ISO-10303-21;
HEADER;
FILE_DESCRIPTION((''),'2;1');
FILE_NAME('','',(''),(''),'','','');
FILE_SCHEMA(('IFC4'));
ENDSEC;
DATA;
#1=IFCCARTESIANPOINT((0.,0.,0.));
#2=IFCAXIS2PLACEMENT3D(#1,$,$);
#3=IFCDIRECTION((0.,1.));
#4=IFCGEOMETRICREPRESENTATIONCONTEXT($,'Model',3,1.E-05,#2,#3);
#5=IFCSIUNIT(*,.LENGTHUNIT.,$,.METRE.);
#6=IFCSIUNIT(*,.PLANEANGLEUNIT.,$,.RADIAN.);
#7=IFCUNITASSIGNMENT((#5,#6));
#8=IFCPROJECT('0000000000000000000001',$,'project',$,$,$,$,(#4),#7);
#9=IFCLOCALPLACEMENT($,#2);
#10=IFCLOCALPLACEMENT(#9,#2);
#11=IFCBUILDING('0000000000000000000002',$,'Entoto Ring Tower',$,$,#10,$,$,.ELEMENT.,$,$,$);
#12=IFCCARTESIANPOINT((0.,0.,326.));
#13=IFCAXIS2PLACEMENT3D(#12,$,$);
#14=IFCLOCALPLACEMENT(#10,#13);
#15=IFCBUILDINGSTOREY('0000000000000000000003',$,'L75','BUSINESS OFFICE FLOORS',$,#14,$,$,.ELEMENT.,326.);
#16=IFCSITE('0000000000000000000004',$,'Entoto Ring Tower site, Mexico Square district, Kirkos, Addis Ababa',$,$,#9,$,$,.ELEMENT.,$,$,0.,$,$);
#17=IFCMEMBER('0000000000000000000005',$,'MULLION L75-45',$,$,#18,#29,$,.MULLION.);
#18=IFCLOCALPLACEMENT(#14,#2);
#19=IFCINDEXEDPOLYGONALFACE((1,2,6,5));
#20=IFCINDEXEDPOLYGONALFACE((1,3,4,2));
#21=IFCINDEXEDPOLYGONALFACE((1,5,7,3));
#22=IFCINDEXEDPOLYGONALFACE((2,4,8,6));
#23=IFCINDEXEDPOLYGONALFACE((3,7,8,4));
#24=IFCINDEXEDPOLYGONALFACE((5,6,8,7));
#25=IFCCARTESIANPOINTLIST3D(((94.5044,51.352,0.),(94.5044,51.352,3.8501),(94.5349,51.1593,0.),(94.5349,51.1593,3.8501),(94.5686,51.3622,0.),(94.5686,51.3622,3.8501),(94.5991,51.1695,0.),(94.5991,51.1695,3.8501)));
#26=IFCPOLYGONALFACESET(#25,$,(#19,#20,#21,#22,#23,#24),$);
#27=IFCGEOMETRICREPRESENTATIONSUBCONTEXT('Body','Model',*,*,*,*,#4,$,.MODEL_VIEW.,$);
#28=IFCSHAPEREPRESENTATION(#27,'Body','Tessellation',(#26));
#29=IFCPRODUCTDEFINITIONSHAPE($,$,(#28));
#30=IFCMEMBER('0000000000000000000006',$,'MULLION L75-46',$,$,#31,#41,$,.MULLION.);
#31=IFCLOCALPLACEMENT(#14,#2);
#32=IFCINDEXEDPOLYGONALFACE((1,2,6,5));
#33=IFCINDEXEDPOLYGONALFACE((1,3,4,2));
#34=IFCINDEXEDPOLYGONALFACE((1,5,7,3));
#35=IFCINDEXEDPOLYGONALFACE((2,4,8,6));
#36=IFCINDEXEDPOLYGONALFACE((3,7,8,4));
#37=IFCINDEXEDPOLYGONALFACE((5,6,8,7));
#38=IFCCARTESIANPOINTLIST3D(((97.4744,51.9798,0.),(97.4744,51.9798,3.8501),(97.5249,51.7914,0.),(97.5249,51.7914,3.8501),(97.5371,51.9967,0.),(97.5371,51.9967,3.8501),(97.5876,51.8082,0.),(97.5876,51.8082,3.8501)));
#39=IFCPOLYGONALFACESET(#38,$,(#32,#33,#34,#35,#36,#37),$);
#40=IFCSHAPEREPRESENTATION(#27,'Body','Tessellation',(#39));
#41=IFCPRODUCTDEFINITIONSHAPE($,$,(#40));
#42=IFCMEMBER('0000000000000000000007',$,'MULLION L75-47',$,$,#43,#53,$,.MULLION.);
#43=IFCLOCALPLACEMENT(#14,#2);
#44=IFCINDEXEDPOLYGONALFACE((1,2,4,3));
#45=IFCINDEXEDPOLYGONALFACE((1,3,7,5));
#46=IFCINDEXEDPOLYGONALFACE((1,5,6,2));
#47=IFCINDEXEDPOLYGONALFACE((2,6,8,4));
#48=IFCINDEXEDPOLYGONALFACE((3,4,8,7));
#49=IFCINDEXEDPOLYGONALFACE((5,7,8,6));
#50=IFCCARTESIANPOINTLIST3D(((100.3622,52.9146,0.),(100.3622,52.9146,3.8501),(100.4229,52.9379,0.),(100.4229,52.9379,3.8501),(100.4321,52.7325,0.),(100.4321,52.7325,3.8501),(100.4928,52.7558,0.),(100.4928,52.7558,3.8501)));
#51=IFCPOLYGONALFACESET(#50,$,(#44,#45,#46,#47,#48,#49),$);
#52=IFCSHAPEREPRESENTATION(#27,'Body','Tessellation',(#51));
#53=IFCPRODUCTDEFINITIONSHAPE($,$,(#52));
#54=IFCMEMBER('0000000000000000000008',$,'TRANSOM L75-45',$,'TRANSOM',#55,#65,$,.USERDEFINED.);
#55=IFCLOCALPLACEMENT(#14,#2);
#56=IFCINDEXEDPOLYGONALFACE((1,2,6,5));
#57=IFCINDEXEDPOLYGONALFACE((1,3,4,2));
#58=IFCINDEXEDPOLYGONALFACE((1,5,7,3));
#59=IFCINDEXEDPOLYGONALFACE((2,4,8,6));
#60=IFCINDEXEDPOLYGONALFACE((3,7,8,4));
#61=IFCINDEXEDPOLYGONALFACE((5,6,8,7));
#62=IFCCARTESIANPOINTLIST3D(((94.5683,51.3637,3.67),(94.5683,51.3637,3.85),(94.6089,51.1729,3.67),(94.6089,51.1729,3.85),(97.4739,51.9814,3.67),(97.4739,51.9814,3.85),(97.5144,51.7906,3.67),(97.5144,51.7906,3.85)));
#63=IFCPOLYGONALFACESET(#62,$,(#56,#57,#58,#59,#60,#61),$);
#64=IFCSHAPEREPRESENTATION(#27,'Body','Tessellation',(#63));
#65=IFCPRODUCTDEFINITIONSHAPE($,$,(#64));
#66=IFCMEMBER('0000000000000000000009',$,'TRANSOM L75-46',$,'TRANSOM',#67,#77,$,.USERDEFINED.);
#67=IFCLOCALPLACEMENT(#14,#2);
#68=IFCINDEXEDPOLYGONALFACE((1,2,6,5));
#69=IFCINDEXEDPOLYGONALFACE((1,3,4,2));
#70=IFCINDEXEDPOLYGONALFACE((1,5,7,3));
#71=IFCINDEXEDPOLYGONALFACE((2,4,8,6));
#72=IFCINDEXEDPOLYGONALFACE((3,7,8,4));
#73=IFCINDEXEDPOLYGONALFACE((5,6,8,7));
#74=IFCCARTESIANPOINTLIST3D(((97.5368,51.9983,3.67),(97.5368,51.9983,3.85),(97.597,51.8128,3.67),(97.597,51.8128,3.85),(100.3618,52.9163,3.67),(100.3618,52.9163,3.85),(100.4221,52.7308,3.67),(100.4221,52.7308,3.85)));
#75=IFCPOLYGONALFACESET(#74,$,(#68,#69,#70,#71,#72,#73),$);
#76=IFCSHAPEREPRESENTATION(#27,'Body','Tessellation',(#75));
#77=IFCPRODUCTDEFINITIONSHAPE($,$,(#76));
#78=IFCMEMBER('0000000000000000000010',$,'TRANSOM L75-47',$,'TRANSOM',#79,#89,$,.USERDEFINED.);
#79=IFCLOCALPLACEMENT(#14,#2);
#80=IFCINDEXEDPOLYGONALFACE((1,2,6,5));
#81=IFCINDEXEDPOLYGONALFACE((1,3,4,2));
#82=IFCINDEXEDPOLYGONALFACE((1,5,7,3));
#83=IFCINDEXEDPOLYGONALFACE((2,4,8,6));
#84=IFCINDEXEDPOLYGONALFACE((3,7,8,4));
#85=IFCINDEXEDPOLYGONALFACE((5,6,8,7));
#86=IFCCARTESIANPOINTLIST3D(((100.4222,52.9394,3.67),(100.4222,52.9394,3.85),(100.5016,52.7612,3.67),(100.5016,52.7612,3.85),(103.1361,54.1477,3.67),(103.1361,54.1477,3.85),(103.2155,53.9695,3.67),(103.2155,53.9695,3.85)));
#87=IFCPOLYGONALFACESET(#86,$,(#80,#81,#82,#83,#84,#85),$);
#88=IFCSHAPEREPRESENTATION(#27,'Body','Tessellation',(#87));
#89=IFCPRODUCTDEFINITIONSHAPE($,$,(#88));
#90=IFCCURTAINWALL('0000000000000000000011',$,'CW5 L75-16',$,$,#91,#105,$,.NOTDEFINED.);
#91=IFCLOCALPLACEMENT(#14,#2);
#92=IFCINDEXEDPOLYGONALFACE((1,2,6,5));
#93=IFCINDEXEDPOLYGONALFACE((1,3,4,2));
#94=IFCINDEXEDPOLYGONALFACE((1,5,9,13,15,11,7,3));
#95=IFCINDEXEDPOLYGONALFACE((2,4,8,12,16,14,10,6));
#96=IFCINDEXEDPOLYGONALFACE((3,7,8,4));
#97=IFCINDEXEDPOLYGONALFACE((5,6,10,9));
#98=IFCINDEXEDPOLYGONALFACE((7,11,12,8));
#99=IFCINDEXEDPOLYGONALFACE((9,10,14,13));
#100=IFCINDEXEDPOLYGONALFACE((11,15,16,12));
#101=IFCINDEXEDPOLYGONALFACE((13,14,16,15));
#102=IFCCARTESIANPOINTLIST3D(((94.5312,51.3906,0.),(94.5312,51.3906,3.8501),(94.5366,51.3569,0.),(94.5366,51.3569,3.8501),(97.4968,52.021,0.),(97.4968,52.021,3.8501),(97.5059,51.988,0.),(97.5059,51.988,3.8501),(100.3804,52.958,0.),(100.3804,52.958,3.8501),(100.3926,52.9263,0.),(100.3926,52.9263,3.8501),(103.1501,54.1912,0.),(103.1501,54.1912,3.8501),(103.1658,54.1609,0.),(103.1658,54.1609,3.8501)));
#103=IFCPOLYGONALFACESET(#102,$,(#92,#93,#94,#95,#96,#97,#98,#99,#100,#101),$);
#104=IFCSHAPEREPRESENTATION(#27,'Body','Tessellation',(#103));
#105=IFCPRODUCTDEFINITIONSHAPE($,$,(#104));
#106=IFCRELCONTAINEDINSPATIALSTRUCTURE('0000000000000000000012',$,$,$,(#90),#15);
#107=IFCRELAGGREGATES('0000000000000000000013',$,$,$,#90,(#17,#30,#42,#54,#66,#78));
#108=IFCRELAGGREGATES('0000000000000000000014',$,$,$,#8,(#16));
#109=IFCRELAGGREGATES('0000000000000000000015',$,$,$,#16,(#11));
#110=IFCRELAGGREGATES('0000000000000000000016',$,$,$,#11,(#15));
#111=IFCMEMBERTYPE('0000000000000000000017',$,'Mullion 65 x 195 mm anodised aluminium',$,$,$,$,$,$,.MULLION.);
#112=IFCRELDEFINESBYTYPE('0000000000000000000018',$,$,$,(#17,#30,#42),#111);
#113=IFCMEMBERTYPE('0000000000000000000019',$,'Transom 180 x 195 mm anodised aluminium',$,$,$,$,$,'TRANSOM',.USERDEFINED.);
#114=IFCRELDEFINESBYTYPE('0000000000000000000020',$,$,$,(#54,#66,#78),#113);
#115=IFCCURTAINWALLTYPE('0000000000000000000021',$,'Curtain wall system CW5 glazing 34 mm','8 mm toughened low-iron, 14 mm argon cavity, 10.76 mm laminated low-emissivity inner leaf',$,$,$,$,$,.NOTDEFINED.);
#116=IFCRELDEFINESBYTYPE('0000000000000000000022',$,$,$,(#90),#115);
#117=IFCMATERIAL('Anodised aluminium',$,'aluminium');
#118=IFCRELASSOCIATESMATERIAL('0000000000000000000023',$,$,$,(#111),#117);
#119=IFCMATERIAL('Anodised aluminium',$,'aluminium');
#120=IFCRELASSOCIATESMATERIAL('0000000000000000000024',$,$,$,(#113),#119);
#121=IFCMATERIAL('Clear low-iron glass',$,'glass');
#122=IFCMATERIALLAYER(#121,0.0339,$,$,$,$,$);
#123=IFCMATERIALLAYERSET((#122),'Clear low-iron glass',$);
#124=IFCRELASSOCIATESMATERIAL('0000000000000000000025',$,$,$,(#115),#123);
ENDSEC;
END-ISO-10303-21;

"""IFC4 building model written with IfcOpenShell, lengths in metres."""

from ifc_helpers import new_model, si_unit, direction, frame, origin, origin_2d, place, context, subcontext, project, spatial, polyline, rectangle, outline, extrude, material, layer, layer_set, material_profile, profile_set, type_object, element, aggregate, save


model = new_model("IFC4")

# Units and contexts
model_context = context("Model", 3, precision=1e-05, world=origin(), true_north=direction((0.0, 1.0)))
body_context = subcontext(model_context, "Body", "Model", "MODEL_VIEW")
ifc_project = project(units=[si_unit("LENGTHUNIT", "METRE"), si_unit("PLANEANGLEUNIT", "RADIAN")], contexts=[model_context])

# Members
ifc_material_1 = material(Name="Anodised aluminium", Category="aluminium")
ifc_material_profile_1 = material_profile(ifc_material_1, rectangle(XDim=0.0649, YDim=0.1951, at=origin_2d()), Name="Mullion 65 x 195 mm anodised aluminium")
ifc_profile_set_1 = profile_set([ifc_material_profile_1], Name="Anodised aluminium")
member_type_1 = type_object("IfcMemberType", Name="Mullion 65 x 195 mm anodised aluminium", PredefinedType="MULLION", material=ifc_profile_set_1)
site_placement = place(None, origin())
building_placement = place(site_placement, origin())
storey_placement = place(building_placement, frame((0.0, 0.0, 326.0)))
member_1_placement = place(storey_placement, frame((94.5518, 51.2607, 0.0), z_axis=(0.0, 0.0, 1.0), x_axis=(0.987688, 0.156434, 0.0)))
member_1 = element("IfcMember", 1, at=member_1_placement, type_object=member_type_1, Name="MULLION L75-45", PredefinedType="MULLION", context=body_context, shape_type="SweptSolid", body=[
    extrude(rectangle(XDim=0.0649, YDim=0.1951, at=origin_2d()), origin(), (0.0, 0.0, 1.0), 3.8501),
])
member_2_placement = place(storey_placement, frame((97.531, 51.894, 0.0), z_axis=(0.0, 0.0, 1.0), x_axis=(0.965926, 0.258819, 0.0)))
member_2 = element("IfcMember", 2, at=member_2_placement, type_object=member_type_1, Name="MULLION L75-46", PredefinedType="MULLION", context=body_context, shape_type="SweptSolid", body=[
    extrude(rectangle(XDim=0.0649, YDim=0.1951, at=origin_2d()), origin(), (0.0, 0.0, 1.0), 3.8501),
])
member_3_placement = place(storey_placement, frame((100.4275, 52.8352, 0.0), z_axis=(0.0, 0.0, 1.0), x_axis=(0.93358, 0.358368, 0.0)))
member_3 = element("IfcMember", 3, at=member_3_placement, type_object=member_type_1, Name="MULLION L75-47", PredefinedType="MULLION", context=body_context, shape_type="SweptSolid", body=[
    extrude(rectangle(XDim=0.0649, YDim=0.1951, at=origin_2d()), origin(), (0.0, 0.0, 1.0), 3.8501),
])
ifc_material_2 = material(Name="Anodised aluminium", Category="aluminium")
ifc_material_profile_2 = material_profile(ifc_material_2, rectangle(XDim=0.1951, YDim=0.1799, at=origin_2d()), Name="Transom 180 x 195 mm anodised aluminium")
ifc_profile_set_2 = profile_set([ifc_material_profile_2], Name="Anodised aluminium")
member_type_2 = type_object("IfcMemberType", Name="Transom 180 x 195 mm anodised aluminium", ElementType="TRANSOM", PredefinedType="USERDEFINED", material=ifc_profile_set_2)
member_4_placement = place(storey_placement, frame((94.5886, 51.2683, 3.76), z_axis=(0.978142, 0.20794, 0.0), x_axis=(-0.20794, 0.978142, 0.0)))
member_4 = element("IfcMember", 4, at=member_4_placement, type_object=member_type_2, Name="TRANSOM L75-45", ObjectType="TRANSOM", PredefinedType="USERDEFINED", context=body_context, shape_type="SweptSolid", body=[
    extrude(rectangle(XDim=0.1951, YDim=0.1799, at=origin_2d()), origin(), (0.0, 0.0, 1.0), 2.9705),
])
member_5_placement = place(storey_placement, frame((97.5669, 51.9055, 3.76), z_axis=(0.951048, 0.309043, 0.0), x_axis=(-0.309043, 0.951048, 0.0)))
member_5 = element("IfcMember", 5, at=member_5_placement, type_object=member_type_2, Name="TRANSOM L75-46", ObjectType="TRANSOM", PredefinedType="USERDEFINED", context=body_context, shape_type="SweptSolid", body=[
    extrude(rectangle(XDim=0.1951, YDim=0.1799, at=origin_2d()), origin(), (0.0, 0.0, 1.0), 2.9705),
])
member_6_placement = place(storey_placement, frame((100.4619, 52.8503, 3.76), z_axis=(0.91355, 0.406726, 0.0), x_axis=(-0.406726, 0.91355, 0.0)))
member_6 = element("IfcMember", 6, at=member_6_placement, type_object=member_type_2, Name="TRANSOM L75-47", ObjectType="TRANSOM", PredefinedType="USERDEFINED", context=body_context, shape_type="SweptSolid", body=[
    extrude(rectangle(XDim=0.1951, YDim=0.1799, at=origin_2d()), origin(), (0.0, 0.0, 1.0), 2.9707),
])

# Site, building, storey
site = spatial("IfcSite", under=ifc_project, at=site_placement, Name="Entoto Ring Tower site, Mexico Square district, Kirkos, Addis Ababa", CompositionType="ELEMENT", RefElevation=0.0)
building = spatial("IfcBuilding", under=site, at=building_placement, Name="Entoto Ring Tower", CompositionType="ELEMENT")
storey = spatial("IfcBuildingStorey", under=building, at=storey_placement, Name="L75", Description="BUSINESS OFFICE FLOORS", CompositionType="ELEMENT", Elevation=326.0)

# Curtain wall
ifc_material_3 = material(Name="Clear low-iron glass", Category="glass")
ifc_layer = layer(ifc_material_3, 0.0339)
ifc_layer_set = layer_set([ifc_layer], Name="Clear low-iron glass")
curtain_wall_type = type_object("IfcCurtainWallType", Name="Curtain wall system CW5 glazing 34 mm", Description="8 mm toughened low-iron, 14 mm argon cavity, 10.76 mm laminated low-emissivity inner leaf", PredefinedType="NOTDEFINED", material=ifc_layer_set)
curtain_wall_1_placement = place(storey_placement, origin())
curtain_wall_1 = element("IfcCurtainWall", 7, at=curtain_wall_1_placement, inside=storey, type_object=curtain_wall_type, Name="CW5 L75-16", PredefinedType="NOTDEFINED", context=body_context, shape_type="SweptSolid", body=[
    extrude(outline(polyline([(94.5366, 51.3569), (97.5059, 51.988), (100.3926, 52.9263), (103.1658, 54.1609), (103.1501, 54.1912), (100.3804, 52.958), (97.4968, 52.021), (94.5312, 51.3906), (94.5366, 51.3569)])), origin(), (0.0, 0.0, 1.0), 3.8501),
])
aggregate(curtain_wall_1, [member_1, member_2, member_3, member_4, member_5, member_6])

save(model, "model.ifc")
